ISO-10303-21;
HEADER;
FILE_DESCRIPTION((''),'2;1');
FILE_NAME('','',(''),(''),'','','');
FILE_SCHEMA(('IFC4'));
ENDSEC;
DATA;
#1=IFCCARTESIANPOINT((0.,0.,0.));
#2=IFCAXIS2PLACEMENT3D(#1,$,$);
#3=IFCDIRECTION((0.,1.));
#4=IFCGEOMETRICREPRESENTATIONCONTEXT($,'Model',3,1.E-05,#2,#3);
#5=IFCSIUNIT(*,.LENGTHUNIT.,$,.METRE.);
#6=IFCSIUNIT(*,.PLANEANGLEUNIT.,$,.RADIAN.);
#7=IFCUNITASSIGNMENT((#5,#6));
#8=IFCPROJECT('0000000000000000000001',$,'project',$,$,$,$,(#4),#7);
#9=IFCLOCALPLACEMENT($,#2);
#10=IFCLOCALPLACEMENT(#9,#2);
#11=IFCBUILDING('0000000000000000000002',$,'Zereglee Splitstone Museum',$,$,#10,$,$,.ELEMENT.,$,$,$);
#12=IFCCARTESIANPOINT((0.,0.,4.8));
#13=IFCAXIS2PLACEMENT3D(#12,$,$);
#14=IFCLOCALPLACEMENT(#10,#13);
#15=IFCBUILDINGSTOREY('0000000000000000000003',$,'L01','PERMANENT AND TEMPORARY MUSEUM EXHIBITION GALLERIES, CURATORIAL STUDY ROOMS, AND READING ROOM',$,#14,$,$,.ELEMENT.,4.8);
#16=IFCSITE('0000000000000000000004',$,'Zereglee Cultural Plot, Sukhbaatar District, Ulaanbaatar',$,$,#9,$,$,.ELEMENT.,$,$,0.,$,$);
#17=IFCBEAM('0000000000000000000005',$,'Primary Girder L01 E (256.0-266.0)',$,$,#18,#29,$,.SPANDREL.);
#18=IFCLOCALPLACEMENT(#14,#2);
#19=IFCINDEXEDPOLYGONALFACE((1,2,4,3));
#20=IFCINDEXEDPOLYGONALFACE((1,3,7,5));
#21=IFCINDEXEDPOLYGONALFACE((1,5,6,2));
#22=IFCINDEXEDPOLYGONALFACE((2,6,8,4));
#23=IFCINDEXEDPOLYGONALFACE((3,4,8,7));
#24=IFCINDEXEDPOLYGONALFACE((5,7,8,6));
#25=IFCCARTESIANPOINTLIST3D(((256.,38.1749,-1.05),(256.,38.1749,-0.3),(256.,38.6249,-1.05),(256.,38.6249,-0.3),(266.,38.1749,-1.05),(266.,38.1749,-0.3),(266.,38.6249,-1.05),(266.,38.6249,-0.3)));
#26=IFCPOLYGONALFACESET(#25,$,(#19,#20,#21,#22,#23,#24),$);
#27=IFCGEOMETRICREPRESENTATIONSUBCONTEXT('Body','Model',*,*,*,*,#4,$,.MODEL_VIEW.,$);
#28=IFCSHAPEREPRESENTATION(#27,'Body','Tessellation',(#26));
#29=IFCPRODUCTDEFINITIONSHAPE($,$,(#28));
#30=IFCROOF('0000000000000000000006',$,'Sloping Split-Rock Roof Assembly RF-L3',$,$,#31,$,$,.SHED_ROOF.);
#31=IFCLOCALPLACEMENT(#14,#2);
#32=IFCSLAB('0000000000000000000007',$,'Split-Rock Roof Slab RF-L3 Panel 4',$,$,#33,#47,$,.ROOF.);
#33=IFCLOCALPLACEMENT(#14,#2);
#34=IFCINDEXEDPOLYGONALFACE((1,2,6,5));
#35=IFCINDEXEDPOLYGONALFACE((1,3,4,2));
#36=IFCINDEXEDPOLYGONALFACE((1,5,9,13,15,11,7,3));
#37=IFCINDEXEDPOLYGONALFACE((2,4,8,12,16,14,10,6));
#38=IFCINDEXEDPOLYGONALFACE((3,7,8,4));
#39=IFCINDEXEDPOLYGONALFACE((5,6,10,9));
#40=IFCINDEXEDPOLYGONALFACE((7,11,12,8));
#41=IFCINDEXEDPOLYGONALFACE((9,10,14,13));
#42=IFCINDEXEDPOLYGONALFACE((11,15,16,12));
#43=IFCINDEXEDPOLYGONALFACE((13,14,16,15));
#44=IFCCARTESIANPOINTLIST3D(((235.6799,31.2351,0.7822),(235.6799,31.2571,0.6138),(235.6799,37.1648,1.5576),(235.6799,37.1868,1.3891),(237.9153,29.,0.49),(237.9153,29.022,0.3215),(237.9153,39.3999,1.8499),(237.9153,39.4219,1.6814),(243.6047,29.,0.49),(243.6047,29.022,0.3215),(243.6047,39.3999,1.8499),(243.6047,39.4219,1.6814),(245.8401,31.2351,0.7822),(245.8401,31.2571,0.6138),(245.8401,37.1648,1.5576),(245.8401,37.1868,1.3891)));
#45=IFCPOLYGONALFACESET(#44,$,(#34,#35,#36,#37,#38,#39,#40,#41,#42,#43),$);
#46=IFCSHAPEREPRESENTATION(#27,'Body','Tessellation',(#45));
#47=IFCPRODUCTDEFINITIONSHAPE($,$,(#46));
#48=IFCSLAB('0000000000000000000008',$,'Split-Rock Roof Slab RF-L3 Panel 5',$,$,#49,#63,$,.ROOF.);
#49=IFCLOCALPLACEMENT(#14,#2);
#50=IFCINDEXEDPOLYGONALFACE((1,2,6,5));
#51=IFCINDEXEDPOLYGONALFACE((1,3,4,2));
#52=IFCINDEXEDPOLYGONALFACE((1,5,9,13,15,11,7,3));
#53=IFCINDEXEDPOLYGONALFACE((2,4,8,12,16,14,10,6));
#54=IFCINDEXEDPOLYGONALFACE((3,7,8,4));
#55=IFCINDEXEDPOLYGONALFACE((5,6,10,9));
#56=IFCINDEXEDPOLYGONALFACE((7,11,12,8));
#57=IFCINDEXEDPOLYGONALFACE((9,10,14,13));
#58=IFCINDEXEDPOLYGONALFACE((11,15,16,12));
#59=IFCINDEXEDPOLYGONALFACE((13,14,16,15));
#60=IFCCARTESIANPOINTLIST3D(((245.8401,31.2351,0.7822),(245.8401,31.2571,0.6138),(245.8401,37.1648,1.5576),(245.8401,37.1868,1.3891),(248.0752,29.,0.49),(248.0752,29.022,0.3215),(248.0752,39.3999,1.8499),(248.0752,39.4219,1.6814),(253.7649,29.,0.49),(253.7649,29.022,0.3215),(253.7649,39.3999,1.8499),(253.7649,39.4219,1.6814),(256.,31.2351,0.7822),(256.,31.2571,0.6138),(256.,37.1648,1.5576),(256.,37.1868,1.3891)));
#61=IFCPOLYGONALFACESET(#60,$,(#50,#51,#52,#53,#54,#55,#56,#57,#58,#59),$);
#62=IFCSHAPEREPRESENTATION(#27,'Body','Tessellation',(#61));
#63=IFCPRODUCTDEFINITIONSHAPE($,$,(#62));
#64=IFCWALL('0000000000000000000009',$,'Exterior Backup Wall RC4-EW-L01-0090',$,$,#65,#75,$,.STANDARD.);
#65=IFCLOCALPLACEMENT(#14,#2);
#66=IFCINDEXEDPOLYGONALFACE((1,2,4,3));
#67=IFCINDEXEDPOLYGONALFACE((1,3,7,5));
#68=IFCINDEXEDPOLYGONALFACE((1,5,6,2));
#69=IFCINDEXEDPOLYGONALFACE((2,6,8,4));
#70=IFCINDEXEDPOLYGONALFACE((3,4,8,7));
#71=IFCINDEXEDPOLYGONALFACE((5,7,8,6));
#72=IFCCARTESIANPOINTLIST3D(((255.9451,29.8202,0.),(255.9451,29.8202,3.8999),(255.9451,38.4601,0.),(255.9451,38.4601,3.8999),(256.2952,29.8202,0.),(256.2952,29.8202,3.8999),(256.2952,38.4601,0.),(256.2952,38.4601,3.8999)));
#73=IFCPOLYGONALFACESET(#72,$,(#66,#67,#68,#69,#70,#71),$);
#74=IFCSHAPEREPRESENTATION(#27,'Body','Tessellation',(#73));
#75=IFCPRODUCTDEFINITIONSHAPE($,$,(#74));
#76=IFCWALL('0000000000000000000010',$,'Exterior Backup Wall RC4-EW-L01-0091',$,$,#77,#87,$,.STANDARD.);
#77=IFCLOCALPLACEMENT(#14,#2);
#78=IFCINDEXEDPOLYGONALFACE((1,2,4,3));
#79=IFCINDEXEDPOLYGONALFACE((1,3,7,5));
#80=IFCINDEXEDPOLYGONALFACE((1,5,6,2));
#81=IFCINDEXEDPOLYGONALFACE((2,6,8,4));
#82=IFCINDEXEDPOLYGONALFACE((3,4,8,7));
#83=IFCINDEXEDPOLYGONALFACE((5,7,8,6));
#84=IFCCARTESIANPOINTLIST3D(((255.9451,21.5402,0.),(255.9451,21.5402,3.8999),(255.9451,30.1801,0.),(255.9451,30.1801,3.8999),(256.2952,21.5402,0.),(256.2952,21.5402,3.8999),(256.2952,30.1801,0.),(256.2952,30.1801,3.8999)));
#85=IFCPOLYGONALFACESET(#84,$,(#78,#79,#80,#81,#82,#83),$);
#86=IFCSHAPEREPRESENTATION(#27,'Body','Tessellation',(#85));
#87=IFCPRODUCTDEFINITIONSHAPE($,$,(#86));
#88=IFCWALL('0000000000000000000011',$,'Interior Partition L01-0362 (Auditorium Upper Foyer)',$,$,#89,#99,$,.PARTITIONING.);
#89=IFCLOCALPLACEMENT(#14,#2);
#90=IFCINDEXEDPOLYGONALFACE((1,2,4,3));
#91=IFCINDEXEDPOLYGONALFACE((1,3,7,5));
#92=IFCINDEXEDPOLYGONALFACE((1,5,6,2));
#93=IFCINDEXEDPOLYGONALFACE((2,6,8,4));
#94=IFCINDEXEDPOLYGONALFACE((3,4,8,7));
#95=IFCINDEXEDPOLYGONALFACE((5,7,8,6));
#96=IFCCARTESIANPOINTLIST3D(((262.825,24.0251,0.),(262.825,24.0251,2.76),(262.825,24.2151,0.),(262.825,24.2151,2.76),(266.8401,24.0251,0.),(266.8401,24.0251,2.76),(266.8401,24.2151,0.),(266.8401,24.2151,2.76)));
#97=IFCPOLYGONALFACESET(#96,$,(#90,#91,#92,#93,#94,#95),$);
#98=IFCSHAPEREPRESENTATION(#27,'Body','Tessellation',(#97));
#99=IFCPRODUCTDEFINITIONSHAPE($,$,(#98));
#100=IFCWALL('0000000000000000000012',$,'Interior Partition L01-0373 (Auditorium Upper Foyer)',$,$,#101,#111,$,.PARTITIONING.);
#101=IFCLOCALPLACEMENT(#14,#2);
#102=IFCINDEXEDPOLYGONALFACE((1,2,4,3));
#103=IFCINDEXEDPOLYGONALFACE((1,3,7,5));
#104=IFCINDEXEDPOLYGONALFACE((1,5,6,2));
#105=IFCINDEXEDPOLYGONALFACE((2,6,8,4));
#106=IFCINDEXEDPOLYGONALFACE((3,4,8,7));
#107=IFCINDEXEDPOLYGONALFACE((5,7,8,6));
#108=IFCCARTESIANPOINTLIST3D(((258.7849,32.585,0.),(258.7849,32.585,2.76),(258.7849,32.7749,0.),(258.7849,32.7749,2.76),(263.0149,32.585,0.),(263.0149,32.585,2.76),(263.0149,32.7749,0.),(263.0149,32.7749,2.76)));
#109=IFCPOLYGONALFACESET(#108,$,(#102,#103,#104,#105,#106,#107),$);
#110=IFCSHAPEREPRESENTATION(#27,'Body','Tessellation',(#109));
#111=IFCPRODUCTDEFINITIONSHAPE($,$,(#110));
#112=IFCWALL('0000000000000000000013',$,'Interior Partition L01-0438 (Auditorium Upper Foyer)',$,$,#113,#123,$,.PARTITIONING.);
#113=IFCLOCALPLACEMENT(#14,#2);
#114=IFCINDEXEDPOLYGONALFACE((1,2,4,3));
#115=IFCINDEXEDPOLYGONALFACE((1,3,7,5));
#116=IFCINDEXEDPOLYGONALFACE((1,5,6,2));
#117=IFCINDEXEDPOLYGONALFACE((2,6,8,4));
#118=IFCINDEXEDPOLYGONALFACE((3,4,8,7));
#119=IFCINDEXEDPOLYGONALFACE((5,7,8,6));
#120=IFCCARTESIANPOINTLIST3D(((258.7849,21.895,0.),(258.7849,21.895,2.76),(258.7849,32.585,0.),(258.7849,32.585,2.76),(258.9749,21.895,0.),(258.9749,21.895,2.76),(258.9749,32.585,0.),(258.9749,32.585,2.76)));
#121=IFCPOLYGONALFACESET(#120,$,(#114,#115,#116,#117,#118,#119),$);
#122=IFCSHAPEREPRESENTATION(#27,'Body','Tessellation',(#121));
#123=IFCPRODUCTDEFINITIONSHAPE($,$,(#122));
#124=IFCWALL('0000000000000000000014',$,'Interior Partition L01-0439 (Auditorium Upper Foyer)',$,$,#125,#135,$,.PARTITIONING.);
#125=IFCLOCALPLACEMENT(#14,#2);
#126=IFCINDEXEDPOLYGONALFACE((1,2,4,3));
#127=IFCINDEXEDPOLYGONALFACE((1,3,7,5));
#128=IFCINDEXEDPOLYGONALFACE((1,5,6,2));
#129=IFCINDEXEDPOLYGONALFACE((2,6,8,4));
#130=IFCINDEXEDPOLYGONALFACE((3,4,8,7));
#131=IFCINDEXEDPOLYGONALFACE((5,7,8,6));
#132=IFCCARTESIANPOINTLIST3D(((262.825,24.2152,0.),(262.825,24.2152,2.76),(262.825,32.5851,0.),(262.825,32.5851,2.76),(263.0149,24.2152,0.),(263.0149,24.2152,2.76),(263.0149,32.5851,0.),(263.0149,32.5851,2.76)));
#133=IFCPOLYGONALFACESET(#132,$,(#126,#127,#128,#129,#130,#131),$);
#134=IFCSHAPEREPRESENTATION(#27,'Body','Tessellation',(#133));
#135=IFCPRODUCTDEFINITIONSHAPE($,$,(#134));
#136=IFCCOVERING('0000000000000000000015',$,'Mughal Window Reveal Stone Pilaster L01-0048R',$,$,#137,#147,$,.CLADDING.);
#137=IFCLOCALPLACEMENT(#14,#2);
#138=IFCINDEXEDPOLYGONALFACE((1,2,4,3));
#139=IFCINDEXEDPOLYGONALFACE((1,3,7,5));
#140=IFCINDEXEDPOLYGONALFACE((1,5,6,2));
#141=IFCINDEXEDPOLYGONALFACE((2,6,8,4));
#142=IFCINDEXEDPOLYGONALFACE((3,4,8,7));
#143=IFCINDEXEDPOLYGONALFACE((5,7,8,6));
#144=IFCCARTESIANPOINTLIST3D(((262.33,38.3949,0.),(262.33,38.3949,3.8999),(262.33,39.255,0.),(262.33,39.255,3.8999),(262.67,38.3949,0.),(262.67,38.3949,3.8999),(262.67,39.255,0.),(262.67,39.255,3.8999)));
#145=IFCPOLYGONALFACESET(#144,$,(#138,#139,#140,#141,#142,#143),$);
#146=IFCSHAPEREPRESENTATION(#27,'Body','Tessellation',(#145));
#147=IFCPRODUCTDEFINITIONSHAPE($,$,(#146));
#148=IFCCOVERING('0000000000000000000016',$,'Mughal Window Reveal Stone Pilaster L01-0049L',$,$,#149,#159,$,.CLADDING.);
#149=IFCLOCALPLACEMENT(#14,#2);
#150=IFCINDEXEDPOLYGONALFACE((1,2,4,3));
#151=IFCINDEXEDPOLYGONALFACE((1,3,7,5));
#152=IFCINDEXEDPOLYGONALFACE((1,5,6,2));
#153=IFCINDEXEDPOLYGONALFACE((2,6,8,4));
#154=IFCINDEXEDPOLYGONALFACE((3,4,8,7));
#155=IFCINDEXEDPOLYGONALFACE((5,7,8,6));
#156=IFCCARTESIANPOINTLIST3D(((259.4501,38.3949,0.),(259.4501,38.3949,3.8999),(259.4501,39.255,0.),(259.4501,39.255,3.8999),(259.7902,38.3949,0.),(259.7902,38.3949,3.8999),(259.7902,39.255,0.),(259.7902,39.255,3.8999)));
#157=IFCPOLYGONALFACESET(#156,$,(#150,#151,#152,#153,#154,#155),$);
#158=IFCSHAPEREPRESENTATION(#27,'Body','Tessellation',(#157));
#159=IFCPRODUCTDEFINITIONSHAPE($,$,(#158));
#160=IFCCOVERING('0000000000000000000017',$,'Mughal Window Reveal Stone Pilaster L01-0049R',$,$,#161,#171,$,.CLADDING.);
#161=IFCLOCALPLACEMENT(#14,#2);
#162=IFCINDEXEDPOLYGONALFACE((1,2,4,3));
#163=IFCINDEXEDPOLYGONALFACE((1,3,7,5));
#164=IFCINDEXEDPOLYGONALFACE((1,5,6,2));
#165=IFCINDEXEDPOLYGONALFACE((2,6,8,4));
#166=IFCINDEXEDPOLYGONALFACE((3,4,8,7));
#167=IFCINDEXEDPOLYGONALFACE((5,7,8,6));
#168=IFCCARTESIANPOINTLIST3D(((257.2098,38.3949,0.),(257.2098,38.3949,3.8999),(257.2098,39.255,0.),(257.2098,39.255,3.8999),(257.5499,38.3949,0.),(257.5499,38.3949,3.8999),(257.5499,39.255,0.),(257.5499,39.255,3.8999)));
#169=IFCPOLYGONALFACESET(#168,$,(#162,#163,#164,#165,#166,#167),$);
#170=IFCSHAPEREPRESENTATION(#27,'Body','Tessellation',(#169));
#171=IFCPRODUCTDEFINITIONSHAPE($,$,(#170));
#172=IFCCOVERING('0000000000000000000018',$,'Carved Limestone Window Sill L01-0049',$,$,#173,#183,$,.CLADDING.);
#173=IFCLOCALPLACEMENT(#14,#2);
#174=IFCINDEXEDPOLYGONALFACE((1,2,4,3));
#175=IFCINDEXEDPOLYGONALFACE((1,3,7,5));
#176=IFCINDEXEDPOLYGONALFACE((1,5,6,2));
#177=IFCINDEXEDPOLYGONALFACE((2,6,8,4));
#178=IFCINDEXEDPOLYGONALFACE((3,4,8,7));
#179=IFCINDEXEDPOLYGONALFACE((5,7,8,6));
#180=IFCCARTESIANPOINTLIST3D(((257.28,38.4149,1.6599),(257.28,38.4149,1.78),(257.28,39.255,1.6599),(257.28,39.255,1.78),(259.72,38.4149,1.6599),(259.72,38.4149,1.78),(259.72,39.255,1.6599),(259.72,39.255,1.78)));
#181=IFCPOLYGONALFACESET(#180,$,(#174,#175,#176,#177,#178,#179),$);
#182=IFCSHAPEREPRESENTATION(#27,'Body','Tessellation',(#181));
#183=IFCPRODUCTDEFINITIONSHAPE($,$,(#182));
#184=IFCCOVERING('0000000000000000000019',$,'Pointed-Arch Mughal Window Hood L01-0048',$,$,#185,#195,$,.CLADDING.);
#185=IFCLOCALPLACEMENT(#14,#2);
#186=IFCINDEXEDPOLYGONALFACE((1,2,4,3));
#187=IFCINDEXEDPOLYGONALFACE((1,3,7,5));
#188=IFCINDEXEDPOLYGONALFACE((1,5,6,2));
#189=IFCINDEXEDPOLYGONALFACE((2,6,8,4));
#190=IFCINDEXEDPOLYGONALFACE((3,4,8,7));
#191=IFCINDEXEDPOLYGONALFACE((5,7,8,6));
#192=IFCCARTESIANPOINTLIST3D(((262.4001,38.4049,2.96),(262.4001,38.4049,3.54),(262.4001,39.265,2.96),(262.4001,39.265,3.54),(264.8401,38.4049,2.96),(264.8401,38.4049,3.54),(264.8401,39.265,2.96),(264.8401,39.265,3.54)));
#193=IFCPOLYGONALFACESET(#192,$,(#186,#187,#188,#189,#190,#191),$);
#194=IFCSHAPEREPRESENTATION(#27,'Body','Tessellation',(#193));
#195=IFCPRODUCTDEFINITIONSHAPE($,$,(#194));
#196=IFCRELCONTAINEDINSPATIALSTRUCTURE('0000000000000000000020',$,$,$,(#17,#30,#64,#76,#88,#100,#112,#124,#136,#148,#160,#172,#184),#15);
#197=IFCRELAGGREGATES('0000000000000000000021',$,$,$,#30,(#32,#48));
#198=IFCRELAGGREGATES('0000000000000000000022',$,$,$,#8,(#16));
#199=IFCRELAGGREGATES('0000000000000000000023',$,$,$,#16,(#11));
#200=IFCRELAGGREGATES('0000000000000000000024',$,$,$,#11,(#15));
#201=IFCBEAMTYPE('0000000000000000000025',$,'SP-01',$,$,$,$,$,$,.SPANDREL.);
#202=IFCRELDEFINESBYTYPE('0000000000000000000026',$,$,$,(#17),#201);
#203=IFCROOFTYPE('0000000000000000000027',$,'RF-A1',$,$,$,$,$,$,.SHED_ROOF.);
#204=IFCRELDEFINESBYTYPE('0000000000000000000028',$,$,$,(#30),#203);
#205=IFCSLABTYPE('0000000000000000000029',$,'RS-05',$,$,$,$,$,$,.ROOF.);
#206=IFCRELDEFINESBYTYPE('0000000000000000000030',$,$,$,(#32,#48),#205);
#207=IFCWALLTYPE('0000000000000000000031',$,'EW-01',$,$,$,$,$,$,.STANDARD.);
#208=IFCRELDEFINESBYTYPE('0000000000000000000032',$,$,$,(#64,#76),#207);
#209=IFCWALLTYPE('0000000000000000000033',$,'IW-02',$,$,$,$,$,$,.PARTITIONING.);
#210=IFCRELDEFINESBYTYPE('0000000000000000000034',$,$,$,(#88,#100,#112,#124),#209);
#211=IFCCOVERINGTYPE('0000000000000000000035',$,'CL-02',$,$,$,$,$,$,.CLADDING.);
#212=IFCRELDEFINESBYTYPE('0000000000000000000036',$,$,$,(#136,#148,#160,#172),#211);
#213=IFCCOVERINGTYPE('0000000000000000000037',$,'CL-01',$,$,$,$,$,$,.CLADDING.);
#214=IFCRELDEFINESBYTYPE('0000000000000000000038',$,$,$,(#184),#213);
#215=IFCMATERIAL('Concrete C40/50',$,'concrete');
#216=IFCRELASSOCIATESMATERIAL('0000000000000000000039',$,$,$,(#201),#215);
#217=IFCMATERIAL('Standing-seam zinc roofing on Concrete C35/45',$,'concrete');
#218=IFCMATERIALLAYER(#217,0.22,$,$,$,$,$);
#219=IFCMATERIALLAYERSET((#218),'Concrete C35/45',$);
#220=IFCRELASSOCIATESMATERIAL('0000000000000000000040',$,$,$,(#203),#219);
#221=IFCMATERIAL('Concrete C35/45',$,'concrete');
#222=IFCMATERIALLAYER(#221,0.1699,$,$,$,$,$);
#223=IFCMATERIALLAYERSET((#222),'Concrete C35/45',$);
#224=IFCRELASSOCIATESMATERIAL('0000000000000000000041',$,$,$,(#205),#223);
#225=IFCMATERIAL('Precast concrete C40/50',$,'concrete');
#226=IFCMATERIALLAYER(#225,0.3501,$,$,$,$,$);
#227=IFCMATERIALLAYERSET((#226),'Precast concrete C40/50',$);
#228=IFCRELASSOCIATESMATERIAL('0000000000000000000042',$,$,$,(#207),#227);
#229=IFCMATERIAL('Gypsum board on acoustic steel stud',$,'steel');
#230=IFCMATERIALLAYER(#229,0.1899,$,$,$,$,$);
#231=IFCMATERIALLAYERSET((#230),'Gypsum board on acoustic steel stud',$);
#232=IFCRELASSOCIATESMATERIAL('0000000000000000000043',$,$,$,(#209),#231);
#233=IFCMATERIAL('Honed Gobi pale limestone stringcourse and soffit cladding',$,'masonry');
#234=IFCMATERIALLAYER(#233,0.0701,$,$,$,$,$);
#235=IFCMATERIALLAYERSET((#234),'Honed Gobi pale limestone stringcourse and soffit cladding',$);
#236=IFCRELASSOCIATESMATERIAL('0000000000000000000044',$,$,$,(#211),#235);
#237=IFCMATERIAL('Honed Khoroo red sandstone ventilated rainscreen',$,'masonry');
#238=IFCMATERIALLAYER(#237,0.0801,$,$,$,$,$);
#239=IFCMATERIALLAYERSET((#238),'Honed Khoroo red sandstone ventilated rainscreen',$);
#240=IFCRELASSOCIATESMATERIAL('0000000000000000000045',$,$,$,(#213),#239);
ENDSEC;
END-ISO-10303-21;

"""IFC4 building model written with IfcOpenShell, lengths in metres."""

from ifc_helpers import new_model, si_unit, direction, frame, frame_2d, origin, origin_2d, place, context, subcontext, project, spatial, polyline, rectangle, outline, extrude, material, layer, layer_set, material_profile, profile_set, type_object, element, aggregate, save


model = new_model("IFC4")

# Units and contexts
model_context = context("Model", 3, precision=1e-05, world=origin(), true_north=direction((0.0, 1.0)))
body_context = subcontext(model_context, "Body", "Model", "MODEL_VIEW")
ifc_project = project(units=[si_unit("LENGTHUNIT", "METRE"), si_unit("PLANEANGLEUNIT", "RADIAN")], contexts=[model_context])

# Site, building, storey
site_placement = place(None, origin())
site = spatial("IfcSite", under=ifc_project, at=site_placement, Name="Zereglee Cultural Plot, Sukhbaatar District, Ulaanbaatar", CompositionType="ELEMENT", RefElevation=0.0)
building_placement = place(site_placement, origin())
building = spatial("IfcBuilding", under=site, at=building_placement, Name="Zereglee Splitstone Museum", CompositionType="ELEMENT")
storey_placement = place(building_placement, frame((0.0, 0.0, 4.8)))
storey = spatial("IfcBuildingStorey", under=building, at=storey_placement, Name="L01", Description="PERMANENT AND TEMPORARY MUSEUM EXHIBITION GALLERIES, CURATORIAL STUDY ROOMS, AND READING ROOM", CompositionType="ELEMENT", Elevation=4.8)

# Beam
ifc_material_1 = material(Name="Concrete C40/50", Category="concrete")
ifc_material_profile_1 = material_profile(ifc_material_1, rectangle(XDim=0.45, YDim=0.75, at=origin_2d()), Name="RC 450x750")
ifc_profile_set_1 = profile_set([ifc_material_profile_1], Name="Concrete C40/50")
beam_type_1 = type_object("IfcBeamType", Name="SP-01", PredefinedType="SPANDREL", material=ifc_profile_set_1)
beam_1_placement = place(storey_placement, frame((256.0, 38.3999, -0.675), z_axis=(1.0, 0.0, 0.0), x_axis=(0.0, 1.0, 0.0)))
element("IfcBeam", 1, at=beam_1_placement, inside=storey, type_object=beam_type_1, Name="Primary Girder L01 E (256.0-266.0)", PredefinedType="SPANDREL", context=body_context, shape_type="SweptSolid", body=[
    extrude(rectangle(XDim=0.45, YDim=0.75, at=origin_2d()), origin(), (0.0, 0.0, 1.0), 10.0),
])

# Roof, slabs
ifc_material_2 = material(Name="Standing-seam zinc roofing on Concrete C35/45", Category="concrete")
ifc_layer_1 = layer(ifc_material_2, 0.22)
ifc_layer_set_1 = layer_set([ifc_layer_1], Name="Concrete C35/45")
roof_type = type_object("IfcRoofType", Name="RF-A1", PredefinedType="SHED_ROOF", material=ifc_layer_set_1)
roof_placement = place(storey_placement, origin())
roof = element("IfcRoof", 2, at=roof_placement, inside=storey, type_object=roof_type, Name="Sloping Split-Rock Roof Assembly RF-L3", PredefinedType="SHED_ROOF")
ifc_material_3 = material(Name="Concrete C35/45", Category="concrete")
ifc_layer_2 = layer(ifc_material_3, 0.1699)
ifc_layer_set_2 = layer_set([ifc_layer_2], Name="Concrete C35/45")
slab_type = type_object("IfcSlabType", Name="RS-05", PredefinedType="ROOF", material=ifc_layer_set_2)
slab_1_placement = place(storey_placement, frame((237.9153, 29.0, 0.49), z_axis=(0.0, -0.129655, 0.991559), x_axis=(1.0, 0.0, 0.0)))
slab_1 = element("IfcSlab", 3, at=slab_1_placement, type_object=slab_type, Name="Split-Rock Roof Slab RF-L3 Panel 4", PredefinedType="ROOF", context=body_context, shape_type="SweptSolid", body=[
    extrude(outline(polyline([(0.0, 0.0), (5.6895, 0.0), (7.9248, 2.2541), (7.9248, 8.2343), (5.6895, 10.4884), (0.0, 10.4884), (-2.2354, 8.2343), (-2.2354, 2.2541), (0.0, 0.0)])), origin(), (0.0, 0.0, -1.0), 0.1699),
])
slab_2_placement = place(storey_placement, frame((248.0752, 29.0, 0.49), z_axis=(0.0, -0.129655, 0.991559), x_axis=(1.0, 0.0, 0.0)))
slab_2 = element("IfcSlab", 4, at=slab_2_placement, type_object=slab_type, Name="Split-Rock Roof Slab RF-L3 Panel 5", PredefinedType="ROOF", context=body_context, shape_type="SweptSolid", body=[
    extrude(outline(polyline([(0.0, 0.0), (5.6897, 0.0), (7.9248, 2.2541), (7.9248, 8.2343), (5.6897, 10.4884), (0.0, 10.4884), (-2.2351, 8.2343), (-2.2351, 2.2541), (0.0, 0.0)])), origin(), (0.0, 0.0, -1.0), 0.1699),
])
aggregate(roof, [slab_1, slab_2])

# Walls
ifc_material_4 = material(Name="Precast concrete C40/50", Category="concrete")
ifc_layer_3 = layer(ifc_material_4, 0.3501)
ifc_layer_set_3 = layer_set([ifc_layer_3], Name="Precast concrete C40/50")
wall_type_1 = type_object("IfcWallType", Name="EW-01", PredefinedType="STANDARD", material=ifc_layer_set_3)
for number, where, z_axis, x_axis, name in (
    (5, (256.1201, 38.46, 0.0), (0.0, 0.0, 1.0), (0.0, -1.0, 0.0), "Exterior Backup Wall RC4-EW-L01-0090"),
    (6, (256.1201, 30.1799, 0.0), (0.0, 0.0, 1.0), (0.0, -1.0, 0.0), "Exterior Backup Wall RC4-EW-L01-0091"),
):
    element("IfcWall", number, at=place(storey_placement, frame(where, z_axis=z_axis, x_axis=x_axis)), inside=storey, type_object=wall_type_1, Name=name, PredefinedType="STANDARD", context=body_context, shape_type="SweptSolid", body=[
        extrude(rectangle(XDim=8.6399, YDim=0.3501, at=frame_2d((4.3198, 0.0))), origin(), (0.0, 0.0, 1.0), 3.8999),
    ])
ifc_material_5 = material(Name="Gypsum board on acoustic steel stud", Category="steel")
ifc_layer_4 = layer(ifc_material_5, 0.1899)
ifc_layer_set_4 = layer_set([ifc_layer_4], Name="Gypsum board on acoustic steel stud")
wall_type_2 = type_object("IfcWallType", Name="IW-02", PredefinedType="PARTITIONING", material=ifc_layer_set_4)
wall_1_placement = place(storey_placement, frame((262.825, 24.1201, 0.0), z_axis=(0.0, 0.0, 1.0), x_axis=(1.0, 0.0, 0.0)))
element("IfcWall", 7, at=wall_1_placement, inside=storey, type_object=wall_type_2, Name="Interior Partition L01-0362 (Auditorium Upper Foyer)", PredefinedType="PARTITIONING", context=body_context, shape_type="SweptSolid", body=[
    extrude(rectangle(XDim=4.0151, YDim=0.1899, at=frame_2d((2.0076, 0.0))), origin(), (0.0, 0.0, 1.0), 2.76),
])
wall_2_placement = place(storey_placement, frame((258.7849, 32.6799, 0.0), z_axis=(0.0, 0.0, 1.0), x_axis=(1.0, 0.0, 0.0)))
element("IfcWall", 8, at=wall_2_placement, inside=storey, type_object=wall_type_2, Name="Interior Partition L01-0373 (Auditorium Upper Foyer)", PredefinedType="PARTITIONING", context=body_context, shape_type="SweptSolid", body=[
    extrude(rectangle(XDim=4.23, YDim=0.1899, at=frame_2d((2.115, 0.0))), origin(), (0.0, 0.0, 1.0), 2.76),
])
wall_3_placement = place(storey_placement, frame((258.8799, 21.895, 0.0), z_axis=(0.0, 0.0, 1.0), x_axis=(0.0, 1.0, 0.0)))
element("IfcWall", 9, at=wall_3_placement, inside=storey, type_object=wall_type_2, Name="Interior Partition L01-0438 (Auditorium Upper Foyer)", PredefinedType="PARTITIONING", context=body_context, shape_type="SweptSolid", body=[
    extrude(rectangle(XDim=10.6899, YDim=0.1899, at=frame_2d((5.345, 0.0))), origin(), (0.0, 0.0, 1.0), 2.76),
])
wall_4_placement = place(storey_placement, frame((262.9199, 24.2151, 0.0), z_axis=(0.0, 0.0, 1.0), x_axis=(0.0, 1.0, 0.0)))
element("IfcWall", 10, at=wall_4_placement, inside=storey, type_object=wall_type_2, Name="Interior Partition L01-0439 (Auditorium Upper Foyer)", PredefinedType="PARTITIONING", context=body_context, shape_type="SweptSolid", body=[
    extrude(rectangle(XDim=8.3699, YDim=0.1899, at=frame_2d((4.1851, 0.0))), origin(), (0.0, 0.0, 1.0), 2.76),
])

# Coverings
ifc_material_6 = material(Name="Honed Gobi pale limestone stringcourse and soffit cladding", Category="masonry")
ifc_layer_5 = layer(ifc_material_6, 0.0701)
ifc_layer_set_5 = layer_set([ifc_layer_5], Name="Honed Gobi pale limestone stringcourse and soffit cladding")
covering_type_1 = type_object("IfcCoveringType", Name="CL-02", PredefinedType="CLADDING", material=ifc_layer_set_5)
for number, where, z_axis, x_axis, name in (
    (11, (262.5, 38.825, 0.0), (0.0, 0.0, 1.0), (-1.0, 0.0, 0.0), "Mughal Window Reveal Stone Pilaster L01-0048R"),
    (12, (259.6201, 38.825, 0.0), (0.0, 0.0, 1.0), (-1.0, 0.0, 0.0), "Mughal Window Reveal Stone Pilaster L01-0049L"),
    (13, (257.3799, 38.825, 0.0), (0.0, 0.0, 1.0), (-1.0, 0.0, 0.0), "Mughal Window Reveal Stone Pilaster L01-0049R"),
):
    element("IfcCovering", number, at=place(storey_placement, frame(where, z_axis=z_axis, x_axis=x_axis)), inside=storey, type_object=covering_type_1, Name=name, PredefinedType="CLADDING", context=body_context, shape_type="SweptSolid", body=[
        extrude(rectangle(XDim=0.3401, YDim=0.8601, at=origin_2d()), origin(), (0.0, 0.0, 1.0), 3.8999),
    ])
covering_placement = place(storey_placement, frame((258.5, 38.835, 1.6599), z_axis=(0.0, 0.0, 1.0), x_axis=(-1.0, 0.0, 0.0)))
element("IfcCovering", 14, at=covering_placement, inside=storey, type_object=covering_type_1, Name="Carved Limestone Window Sill L01-0049", PredefinedType="CLADDING", context=body_context, shape_type="SweptSolid", body=[
    extrude(rectangle(XDim=2.4399, YDim=0.8401, at=origin_2d()), origin(), (0.0, 0.0, 1.0), 0.1201),
])
ifc_material_7 = material(Name="Honed Khoroo red sandstone ventilated rainscreen", Category="masonry")
ifc_layer_6 = layer(ifc_material_7, 0.0801)
ifc_layer_set_6 = layer_set([ifc_layer_6], Name="Honed Khoroo red sandstone ventilated rainscreen")
covering_type_2 = type_object("IfcCoveringType", Name="CL-01", PredefinedType="CLADDING", material=ifc_layer_set_6)
for number, where, z_axis, x_axis, name in (
    (15, (263.6201, 38.835, 2.96), (0.0, 0.0, 1.0), (-1.0, 0.0, 0.0), "Pointed-Arch Mughal Window Hood L01-0048"),
):
    element("IfcCovering", number, at=place(storey_placement, frame(where, z_axis=z_axis, x_axis=x_axis)), inside=storey, type_object=covering_type_2, Name=name, PredefinedType="CLADDING", context=body_context, shape_type="SweptSolid", body=[
        extrude(rectangle(XDim=2.4399, YDim=0.8601, at=origin_2d()), origin(), (0.0, 0.0, 1.0), 0.5801),
    ])

save(model, "model.ifc")
